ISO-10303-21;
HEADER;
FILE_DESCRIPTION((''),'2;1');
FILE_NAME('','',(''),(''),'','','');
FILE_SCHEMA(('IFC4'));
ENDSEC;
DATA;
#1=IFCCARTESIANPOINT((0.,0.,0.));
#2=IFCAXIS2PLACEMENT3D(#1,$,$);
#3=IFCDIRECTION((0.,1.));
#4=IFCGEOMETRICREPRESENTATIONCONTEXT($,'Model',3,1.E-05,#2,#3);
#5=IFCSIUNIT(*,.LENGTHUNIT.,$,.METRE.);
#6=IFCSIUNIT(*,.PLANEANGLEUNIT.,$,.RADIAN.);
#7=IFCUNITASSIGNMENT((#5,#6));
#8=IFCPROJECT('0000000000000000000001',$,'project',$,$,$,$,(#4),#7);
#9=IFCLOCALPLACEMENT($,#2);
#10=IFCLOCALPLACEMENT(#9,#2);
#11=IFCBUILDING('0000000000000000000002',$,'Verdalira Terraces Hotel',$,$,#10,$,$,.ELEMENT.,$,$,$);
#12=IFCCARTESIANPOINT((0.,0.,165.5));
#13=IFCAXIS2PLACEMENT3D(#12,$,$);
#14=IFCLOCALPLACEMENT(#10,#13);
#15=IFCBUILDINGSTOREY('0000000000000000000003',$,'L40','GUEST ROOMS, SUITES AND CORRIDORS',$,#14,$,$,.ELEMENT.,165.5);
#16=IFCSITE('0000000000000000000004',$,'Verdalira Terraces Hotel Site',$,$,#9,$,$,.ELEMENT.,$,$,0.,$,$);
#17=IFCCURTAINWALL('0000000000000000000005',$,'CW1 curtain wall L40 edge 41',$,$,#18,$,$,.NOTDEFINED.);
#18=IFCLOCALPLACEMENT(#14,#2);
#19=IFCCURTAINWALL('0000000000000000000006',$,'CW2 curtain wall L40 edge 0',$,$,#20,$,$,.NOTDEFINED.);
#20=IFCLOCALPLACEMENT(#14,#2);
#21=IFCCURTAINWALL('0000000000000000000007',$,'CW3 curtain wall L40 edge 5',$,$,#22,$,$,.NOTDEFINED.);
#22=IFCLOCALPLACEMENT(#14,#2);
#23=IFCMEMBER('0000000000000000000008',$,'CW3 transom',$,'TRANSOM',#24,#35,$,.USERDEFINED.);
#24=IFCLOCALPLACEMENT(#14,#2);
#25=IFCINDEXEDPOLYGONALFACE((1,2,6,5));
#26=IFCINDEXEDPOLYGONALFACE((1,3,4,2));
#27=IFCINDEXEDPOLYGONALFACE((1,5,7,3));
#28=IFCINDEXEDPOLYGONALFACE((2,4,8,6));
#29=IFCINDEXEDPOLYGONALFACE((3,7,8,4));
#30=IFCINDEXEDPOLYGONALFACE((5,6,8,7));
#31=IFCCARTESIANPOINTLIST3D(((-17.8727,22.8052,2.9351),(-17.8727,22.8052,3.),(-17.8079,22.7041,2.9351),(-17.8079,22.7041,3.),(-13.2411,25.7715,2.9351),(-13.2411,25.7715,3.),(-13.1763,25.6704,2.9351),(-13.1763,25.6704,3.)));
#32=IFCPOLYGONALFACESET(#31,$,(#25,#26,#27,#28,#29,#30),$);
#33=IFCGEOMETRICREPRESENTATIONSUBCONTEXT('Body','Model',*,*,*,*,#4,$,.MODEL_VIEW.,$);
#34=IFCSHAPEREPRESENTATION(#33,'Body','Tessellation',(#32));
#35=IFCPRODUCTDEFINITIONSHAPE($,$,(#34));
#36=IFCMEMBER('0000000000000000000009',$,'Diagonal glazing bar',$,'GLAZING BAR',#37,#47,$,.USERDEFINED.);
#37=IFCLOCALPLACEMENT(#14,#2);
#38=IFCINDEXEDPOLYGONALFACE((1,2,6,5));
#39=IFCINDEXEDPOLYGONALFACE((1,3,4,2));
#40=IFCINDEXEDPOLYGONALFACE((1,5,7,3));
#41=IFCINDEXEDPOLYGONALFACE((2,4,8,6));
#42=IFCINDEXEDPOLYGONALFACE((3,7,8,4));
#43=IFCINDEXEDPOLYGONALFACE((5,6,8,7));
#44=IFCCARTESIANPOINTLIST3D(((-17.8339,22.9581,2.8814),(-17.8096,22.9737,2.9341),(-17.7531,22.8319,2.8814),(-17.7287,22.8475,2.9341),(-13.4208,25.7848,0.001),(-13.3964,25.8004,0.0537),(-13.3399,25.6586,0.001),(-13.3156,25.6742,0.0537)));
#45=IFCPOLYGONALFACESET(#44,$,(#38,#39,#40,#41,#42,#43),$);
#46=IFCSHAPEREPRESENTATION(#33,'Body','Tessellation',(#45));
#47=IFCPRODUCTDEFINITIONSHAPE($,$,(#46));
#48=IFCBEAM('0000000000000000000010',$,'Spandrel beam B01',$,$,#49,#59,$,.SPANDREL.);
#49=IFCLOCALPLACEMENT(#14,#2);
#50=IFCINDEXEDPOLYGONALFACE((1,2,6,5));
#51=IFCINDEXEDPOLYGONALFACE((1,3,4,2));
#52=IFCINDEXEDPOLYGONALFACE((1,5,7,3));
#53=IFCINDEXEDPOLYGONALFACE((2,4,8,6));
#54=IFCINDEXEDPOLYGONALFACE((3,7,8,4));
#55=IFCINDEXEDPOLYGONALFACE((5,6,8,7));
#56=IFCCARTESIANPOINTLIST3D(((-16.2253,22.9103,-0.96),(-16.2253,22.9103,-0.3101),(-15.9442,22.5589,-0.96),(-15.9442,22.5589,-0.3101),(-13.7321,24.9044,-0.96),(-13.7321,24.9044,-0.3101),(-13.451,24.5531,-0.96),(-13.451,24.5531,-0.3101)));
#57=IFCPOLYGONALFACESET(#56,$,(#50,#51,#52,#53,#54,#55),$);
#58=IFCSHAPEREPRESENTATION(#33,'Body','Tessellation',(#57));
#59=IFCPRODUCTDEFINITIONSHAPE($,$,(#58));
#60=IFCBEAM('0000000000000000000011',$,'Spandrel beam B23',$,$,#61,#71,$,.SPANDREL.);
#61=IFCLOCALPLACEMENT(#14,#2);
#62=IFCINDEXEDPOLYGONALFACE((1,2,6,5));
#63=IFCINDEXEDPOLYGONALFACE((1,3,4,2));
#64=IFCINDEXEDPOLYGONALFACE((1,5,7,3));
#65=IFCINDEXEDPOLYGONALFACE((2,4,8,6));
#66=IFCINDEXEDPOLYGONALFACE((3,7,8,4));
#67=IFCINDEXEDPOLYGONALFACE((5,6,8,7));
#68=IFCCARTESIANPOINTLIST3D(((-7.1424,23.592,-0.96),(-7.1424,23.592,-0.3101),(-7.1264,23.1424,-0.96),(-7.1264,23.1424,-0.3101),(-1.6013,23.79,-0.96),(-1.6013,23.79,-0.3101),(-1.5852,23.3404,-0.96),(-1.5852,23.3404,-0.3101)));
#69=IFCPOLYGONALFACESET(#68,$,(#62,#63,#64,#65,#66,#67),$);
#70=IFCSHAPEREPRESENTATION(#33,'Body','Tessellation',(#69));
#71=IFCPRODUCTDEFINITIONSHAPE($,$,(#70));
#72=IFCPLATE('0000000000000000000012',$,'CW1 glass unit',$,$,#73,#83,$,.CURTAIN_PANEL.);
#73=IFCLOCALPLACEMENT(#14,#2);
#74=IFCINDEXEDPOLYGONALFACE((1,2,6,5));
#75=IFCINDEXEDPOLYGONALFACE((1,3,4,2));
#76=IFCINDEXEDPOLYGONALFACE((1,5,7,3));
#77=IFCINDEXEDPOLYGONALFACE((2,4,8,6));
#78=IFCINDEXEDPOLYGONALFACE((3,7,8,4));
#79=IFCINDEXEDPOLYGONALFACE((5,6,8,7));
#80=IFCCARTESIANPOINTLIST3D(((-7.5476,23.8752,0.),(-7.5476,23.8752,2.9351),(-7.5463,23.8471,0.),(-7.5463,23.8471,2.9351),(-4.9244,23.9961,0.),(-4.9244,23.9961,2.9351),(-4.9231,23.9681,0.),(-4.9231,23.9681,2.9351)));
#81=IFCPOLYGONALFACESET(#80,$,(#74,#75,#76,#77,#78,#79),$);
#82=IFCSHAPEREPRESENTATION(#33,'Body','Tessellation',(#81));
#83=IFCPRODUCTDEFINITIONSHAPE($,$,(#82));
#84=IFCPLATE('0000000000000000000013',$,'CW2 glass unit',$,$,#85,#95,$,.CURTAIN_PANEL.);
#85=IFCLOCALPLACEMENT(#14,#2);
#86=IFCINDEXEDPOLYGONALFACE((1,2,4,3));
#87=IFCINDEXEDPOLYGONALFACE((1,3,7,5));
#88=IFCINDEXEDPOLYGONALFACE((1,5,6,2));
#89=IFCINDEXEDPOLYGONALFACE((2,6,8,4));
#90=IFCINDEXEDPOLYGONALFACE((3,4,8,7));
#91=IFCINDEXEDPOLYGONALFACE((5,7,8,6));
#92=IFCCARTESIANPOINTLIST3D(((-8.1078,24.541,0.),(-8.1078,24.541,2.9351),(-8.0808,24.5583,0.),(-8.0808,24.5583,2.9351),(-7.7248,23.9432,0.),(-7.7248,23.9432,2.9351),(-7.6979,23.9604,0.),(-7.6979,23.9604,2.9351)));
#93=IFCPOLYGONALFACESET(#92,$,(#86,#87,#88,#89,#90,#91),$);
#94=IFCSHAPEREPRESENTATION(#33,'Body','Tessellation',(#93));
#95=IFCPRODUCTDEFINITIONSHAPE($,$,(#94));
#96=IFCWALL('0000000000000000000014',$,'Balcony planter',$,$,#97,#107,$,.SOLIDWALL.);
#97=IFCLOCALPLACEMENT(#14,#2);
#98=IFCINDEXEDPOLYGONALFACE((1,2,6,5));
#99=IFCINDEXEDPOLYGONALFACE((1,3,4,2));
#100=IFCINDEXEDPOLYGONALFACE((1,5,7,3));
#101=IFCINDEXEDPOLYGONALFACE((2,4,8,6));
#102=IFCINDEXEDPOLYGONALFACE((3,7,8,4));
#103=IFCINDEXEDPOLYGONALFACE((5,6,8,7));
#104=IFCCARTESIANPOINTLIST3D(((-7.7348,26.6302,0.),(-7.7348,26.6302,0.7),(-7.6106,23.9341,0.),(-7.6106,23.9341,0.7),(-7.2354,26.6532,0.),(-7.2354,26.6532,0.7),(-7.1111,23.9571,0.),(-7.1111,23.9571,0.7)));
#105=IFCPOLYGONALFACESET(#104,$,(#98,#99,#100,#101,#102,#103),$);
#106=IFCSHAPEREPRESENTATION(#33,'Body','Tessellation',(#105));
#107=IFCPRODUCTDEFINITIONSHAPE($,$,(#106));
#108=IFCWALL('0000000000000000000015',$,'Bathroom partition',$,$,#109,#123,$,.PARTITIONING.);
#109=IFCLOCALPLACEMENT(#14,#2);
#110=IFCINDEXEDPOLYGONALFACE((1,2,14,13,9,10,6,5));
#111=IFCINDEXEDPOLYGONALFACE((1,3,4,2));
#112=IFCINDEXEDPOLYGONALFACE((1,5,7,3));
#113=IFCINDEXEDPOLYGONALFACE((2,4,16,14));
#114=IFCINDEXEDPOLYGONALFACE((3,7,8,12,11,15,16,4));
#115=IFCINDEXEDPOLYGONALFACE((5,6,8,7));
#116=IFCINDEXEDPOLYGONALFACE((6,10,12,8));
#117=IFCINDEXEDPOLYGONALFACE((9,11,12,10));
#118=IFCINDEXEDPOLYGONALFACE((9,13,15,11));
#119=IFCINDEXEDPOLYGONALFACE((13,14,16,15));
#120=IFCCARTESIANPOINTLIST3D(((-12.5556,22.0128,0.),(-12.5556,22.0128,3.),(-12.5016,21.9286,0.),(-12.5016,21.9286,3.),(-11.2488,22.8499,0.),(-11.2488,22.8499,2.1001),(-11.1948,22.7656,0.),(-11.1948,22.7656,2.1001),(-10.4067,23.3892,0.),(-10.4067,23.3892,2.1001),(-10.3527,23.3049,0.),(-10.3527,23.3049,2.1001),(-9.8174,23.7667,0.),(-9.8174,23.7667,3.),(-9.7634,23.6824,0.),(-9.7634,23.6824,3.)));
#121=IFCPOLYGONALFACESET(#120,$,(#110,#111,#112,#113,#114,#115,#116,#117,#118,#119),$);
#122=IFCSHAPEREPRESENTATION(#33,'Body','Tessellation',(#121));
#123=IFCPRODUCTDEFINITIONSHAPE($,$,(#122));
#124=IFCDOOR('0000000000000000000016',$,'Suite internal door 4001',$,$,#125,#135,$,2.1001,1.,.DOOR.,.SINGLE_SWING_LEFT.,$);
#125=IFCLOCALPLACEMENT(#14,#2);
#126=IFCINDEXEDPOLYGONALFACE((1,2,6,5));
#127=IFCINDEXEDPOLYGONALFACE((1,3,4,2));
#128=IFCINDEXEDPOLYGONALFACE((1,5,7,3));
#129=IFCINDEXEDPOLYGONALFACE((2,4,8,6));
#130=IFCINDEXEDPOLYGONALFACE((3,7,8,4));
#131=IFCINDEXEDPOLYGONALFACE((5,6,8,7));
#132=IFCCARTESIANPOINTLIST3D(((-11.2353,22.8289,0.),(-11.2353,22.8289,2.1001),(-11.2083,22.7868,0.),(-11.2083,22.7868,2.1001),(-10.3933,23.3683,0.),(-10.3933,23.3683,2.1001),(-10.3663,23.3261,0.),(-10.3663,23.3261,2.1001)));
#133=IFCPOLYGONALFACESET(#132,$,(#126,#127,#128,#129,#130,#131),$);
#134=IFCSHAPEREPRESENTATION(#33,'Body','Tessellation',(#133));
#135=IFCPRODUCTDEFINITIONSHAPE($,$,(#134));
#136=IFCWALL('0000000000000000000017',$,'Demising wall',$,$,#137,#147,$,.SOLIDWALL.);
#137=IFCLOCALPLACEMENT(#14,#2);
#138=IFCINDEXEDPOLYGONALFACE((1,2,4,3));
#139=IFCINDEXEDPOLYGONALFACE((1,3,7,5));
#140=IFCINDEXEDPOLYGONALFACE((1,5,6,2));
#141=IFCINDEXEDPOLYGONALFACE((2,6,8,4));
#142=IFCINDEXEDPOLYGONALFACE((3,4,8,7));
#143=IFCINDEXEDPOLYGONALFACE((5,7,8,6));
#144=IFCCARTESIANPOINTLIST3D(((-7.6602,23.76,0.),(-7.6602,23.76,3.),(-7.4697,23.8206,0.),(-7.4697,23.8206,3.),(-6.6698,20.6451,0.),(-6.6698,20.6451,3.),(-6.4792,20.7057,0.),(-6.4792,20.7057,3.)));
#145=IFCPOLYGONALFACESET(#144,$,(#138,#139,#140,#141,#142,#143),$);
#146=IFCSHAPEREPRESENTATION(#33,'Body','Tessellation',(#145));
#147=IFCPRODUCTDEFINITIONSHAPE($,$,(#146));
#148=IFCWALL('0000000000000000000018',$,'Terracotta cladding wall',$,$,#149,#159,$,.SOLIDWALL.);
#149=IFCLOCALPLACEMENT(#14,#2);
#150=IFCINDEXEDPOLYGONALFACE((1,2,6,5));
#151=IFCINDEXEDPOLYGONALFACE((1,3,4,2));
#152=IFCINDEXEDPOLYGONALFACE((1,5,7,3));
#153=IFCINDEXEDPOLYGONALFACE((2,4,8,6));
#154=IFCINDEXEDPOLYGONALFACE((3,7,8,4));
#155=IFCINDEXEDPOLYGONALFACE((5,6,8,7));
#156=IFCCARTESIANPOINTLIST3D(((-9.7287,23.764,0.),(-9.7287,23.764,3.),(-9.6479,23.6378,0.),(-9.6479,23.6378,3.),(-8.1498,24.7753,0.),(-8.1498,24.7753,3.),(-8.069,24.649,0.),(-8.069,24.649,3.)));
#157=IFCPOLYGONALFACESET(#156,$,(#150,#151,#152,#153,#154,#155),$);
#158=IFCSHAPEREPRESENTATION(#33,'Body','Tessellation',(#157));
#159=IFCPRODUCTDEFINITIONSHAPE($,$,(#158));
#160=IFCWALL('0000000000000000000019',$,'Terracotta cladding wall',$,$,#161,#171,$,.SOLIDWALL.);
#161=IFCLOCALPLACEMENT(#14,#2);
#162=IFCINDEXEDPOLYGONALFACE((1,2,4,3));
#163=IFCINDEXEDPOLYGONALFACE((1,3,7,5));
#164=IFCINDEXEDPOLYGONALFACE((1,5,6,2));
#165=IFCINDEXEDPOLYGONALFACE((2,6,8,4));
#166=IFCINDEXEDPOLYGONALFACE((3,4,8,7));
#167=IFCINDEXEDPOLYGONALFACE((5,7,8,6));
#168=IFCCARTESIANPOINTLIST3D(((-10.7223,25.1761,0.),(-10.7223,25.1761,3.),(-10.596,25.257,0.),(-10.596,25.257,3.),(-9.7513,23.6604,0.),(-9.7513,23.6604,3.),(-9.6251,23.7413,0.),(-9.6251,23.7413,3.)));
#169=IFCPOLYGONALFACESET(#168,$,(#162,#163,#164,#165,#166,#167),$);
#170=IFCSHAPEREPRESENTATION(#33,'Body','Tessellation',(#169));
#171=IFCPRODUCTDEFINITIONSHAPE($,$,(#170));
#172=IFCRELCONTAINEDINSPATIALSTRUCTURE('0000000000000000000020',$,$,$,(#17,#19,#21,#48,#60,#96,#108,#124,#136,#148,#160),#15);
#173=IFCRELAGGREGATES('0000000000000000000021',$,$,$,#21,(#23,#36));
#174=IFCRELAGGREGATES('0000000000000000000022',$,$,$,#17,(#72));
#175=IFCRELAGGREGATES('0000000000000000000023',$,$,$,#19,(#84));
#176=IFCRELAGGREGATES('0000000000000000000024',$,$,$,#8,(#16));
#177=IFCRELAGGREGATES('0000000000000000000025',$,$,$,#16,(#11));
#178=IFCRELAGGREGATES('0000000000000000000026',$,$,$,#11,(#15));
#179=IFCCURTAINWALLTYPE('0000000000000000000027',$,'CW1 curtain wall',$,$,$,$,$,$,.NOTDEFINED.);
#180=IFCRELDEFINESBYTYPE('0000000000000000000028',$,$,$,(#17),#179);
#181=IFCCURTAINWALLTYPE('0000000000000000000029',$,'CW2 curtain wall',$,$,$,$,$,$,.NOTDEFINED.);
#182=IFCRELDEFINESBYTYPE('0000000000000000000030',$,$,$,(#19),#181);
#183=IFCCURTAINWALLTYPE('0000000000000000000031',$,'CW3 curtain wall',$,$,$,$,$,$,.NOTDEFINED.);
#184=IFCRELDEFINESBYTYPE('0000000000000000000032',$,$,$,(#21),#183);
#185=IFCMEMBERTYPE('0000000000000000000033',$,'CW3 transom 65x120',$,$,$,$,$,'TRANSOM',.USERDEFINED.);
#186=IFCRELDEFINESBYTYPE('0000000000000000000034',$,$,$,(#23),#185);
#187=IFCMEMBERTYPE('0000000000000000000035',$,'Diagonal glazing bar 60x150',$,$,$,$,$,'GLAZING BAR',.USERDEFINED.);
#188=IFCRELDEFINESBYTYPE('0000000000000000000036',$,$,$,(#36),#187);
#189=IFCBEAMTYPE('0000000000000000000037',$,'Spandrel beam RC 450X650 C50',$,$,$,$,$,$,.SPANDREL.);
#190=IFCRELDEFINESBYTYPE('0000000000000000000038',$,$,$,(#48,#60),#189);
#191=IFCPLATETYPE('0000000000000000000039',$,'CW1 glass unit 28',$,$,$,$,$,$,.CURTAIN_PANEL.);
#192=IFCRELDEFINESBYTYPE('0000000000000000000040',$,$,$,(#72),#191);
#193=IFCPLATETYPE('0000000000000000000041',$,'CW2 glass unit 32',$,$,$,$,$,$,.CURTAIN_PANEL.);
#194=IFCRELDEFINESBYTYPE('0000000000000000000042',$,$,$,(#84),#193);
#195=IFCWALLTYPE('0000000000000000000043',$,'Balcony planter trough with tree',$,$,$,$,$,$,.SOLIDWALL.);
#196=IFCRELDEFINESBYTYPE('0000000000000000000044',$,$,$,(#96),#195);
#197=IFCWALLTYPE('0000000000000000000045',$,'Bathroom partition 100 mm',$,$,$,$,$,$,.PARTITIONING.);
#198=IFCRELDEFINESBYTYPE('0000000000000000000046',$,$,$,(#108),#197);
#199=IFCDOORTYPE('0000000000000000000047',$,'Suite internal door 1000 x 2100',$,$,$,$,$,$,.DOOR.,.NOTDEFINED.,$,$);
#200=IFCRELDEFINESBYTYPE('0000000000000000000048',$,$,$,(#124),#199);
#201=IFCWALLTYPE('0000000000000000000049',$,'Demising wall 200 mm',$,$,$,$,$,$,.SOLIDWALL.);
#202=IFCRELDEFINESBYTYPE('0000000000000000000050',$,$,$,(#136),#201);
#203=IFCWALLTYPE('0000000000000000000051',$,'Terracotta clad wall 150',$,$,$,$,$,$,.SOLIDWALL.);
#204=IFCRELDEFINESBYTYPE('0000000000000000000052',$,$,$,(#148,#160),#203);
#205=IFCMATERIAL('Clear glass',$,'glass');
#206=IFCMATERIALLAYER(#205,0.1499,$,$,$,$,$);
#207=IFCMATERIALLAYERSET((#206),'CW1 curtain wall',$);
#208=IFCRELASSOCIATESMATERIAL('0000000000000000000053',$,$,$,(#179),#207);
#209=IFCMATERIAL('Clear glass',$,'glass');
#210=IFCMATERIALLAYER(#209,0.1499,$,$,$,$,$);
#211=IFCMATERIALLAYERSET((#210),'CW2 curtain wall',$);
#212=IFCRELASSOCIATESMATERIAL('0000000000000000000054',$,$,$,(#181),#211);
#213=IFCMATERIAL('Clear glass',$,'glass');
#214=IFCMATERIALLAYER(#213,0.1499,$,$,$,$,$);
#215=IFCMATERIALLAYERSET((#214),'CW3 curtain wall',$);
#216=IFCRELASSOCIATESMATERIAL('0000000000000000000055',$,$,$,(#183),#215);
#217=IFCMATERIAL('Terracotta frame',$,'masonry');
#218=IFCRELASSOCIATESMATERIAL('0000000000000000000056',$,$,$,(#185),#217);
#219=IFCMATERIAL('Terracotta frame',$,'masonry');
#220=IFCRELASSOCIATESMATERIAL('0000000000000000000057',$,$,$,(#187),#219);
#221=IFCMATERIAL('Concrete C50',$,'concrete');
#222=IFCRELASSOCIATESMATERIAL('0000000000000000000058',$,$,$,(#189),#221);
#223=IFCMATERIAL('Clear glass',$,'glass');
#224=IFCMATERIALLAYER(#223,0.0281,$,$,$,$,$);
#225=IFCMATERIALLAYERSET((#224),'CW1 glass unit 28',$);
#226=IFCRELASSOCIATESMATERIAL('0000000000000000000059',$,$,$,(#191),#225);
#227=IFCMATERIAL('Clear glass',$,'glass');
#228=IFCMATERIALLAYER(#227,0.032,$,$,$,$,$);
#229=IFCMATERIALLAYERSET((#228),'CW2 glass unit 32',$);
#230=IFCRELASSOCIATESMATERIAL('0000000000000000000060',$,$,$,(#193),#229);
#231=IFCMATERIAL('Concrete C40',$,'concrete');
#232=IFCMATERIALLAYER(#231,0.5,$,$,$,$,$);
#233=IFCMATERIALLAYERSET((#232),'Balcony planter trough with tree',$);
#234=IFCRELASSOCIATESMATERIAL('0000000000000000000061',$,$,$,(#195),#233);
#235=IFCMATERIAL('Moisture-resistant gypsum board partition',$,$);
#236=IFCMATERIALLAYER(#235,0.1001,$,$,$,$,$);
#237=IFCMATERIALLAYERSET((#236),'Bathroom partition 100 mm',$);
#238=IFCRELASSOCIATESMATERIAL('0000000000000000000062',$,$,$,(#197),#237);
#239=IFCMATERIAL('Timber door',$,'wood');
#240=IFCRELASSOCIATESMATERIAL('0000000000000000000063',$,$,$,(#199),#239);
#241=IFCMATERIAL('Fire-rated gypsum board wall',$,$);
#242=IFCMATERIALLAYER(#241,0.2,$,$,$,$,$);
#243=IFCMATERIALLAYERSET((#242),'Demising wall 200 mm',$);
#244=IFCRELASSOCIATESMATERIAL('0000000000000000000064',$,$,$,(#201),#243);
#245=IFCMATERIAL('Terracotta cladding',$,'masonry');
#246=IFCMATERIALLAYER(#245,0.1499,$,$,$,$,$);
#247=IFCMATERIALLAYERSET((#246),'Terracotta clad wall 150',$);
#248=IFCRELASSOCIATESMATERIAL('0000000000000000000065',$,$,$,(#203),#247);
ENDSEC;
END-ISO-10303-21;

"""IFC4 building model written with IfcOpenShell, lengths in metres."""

from ifc_helpers import new_model, si_unit, direction, frame, frame_2d, origin, origin_2d, place, context, subcontext, project, spatial, rectangle, extrude, material, layer, layer_set, material_profile, profile_set, type_object, element, fill, aggregate, save


model = new_model("IFC4")

# Units and contexts
model_context = context("Model", 3, precision=1e-05, world=origin(), true_north=direction((0.0, 1.0)))
body_context = subcontext(model_context, "Body", "Model", "MODEL_VIEW")
ifc_project = project(units=[si_unit("LENGTHUNIT", "METRE"), si_unit("PLANEANGLEUNIT", "RADIAN")], contexts=[model_context])

# Site, building, storey
site_placement = place(None, origin())
site = spatial("IfcSite", under=ifc_project, at=site_placement, Name="Verdalira Terraces Hotel Site", CompositionType="ELEMENT", RefElevation=0.0)
building_placement = place(site_placement, origin())
building = spatial("IfcBuilding", under=site, at=building_placement, Name="Verdalira Terraces Hotel", CompositionType="ELEMENT")
storey_placement = place(building_placement, frame((0.0, 0.0, 165.5)))
storey = spatial("IfcBuildingStorey", under=building, at=storey_placement, Name="L40", Description="GUEST ROOMS, SUITES AND CORRIDORS", CompositionType="ELEMENT", Elevation=165.5)

# Curtain wall
ifc_material_1 = material(Name="Clear glass", Category="glass")
ifc_layer_1 = layer(ifc_material_1, 0.1499)
ifc_layer_set_1 = layer_set([ifc_layer_1], Name="CW1 curtain wall")
curtain_wall_type_1 = type_object("IfcCurtainWallType", Name="CW1 curtain wall", PredefinedType="NOTDEFINED", material=ifc_layer_set_1)
curtain_wall_1_placement = place(storey_placement, origin())
curtain_wall_1 = element("IfcCurtainWall", 1, at=curtain_wall_1_placement, inside=storey, type_object=curtain_wall_type_1, Name="CW1 curtain wall L40 edge 41", PredefinedType="NOTDEFINED")

# Curtain walls, members
ifc_material_2 = material(Name="Clear glass", Category="glass")
ifc_layer_2 = layer(ifc_material_2, 0.1499)
ifc_layer_set_2 = layer_set([ifc_layer_2], Name="CW2 curtain wall")
curtain_wall_type_2 = type_object("IfcCurtainWallType", Name="CW2 curtain wall", PredefinedType="NOTDEFINED", material=ifc_layer_set_2)
curtain_wall_2_placement = place(storey_placement, origin())
curtain_wall_2 = element("IfcCurtainWall", 2, at=curtain_wall_2_placement, inside=storey, type_object=curtain_wall_type_2, Name="CW2 curtain wall L40 edge 0", PredefinedType="NOTDEFINED")
ifc_material_3 = material(Name="Clear glass", Category="glass")
ifc_layer_3 = layer(ifc_material_3, 0.1499)
ifc_layer_set_3 = layer_set([ifc_layer_3], Name="CW3 curtain wall")
curtain_wall_type_3 = type_object("IfcCurtainWallType", Name="CW3 curtain wall", PredefinedType="NOTDEFINED", material=ifc_layer_set_3)
curtain_wall_3_placement = place(storey_placement, origin())
curtain_wall_3 = element("IfcCurtainWall", 3, at=curtain_wall_3_placement, inside=storey, type_object=curtain_wall_type_3, Name="CW3 curtain wall L40 edge 5", PredefinedType="NOTDEFINED")
ifc_material_4 = material(Name="Terracotta frame", Category="masonry")
ifc_material_profile_1 = material_profile(ifc_material_4, rectangle(XDim=0.1201, YDim=0.0649, at=origin_2d()), Name="TR 65x120")
ifc_profile_set_1 = profile_set([ifc_material_profile_1], Name="Terracotta frame")
member_type_1 = type_object("IfcMemberType", Name="CW3 transom 65x120", ElementType="TRANSOM", PredefinedType="USERDEFINED", material=ifc_profile_set_1)
member_1_placement = place(storey_placement, frame((-13.2087, 25.7209, 2.9675), z_axis=(-0.842099, -0.539323, 0.0), x_axis=(0.539323, -0.842099, 0.0)))
member_1 = element("IfcMember", 4, at=member_1_placement, type_object=member_type_1, Name="CW3 transom", ObjectType="TRANSOM", PredefinedType="USERDEFINED", context=body_context, shape_type="SweptSolid", body=[
    extrude(rectangle(XDim=0.1201, YDim=0.0649, at=origin_2d()), origin(), (0.0, 0.0, 1.0), 5.5),
])
ifc_material_5 = material(Name="Terracotta frame", Category="masonry")
ifc_material_profile_2 = material_profile(ifc_material_5, rectangle(XDim=0.1499, YDim=0.0601, at=origin_2d()), Name="GB 60x150")
ifc_profile_set_2 = profile_set([ifc_material_profile_2], Name="Terracotta frame")
member_type_2 = type_object("IfcMemberType", Name="Diagonal glazing bar 60x150", ElementType="GLAZING BAR", PredefinedType="USERDEFINED", material=ifc_profile_set_2)
member_2_placement = place(storey_placement, frame((-13.3682, 25.7295, 0.0273), z_axis=(-0.737959, -0.472676, 0.481657), x_axis=(0.539363, -0.842073, 0.0)))
member_2 = element("IfcMember", 5, at=member_2_placement, type_object=member_type_2, Name="Diagonal glazing bar", ObjectType="GLAZING BAR", PredefinedType="USERDEFINED", context=body_context, shape_type="SweptSolid", body=[
    extrude(rectangle(XDim=0.1499, YDim=0.0601, at=origin_2d()), origin(), (0.0, 0.0, 1.0), 5.9802),
])
aggregate(curtain_wall_3, [member_1, member_2])

# Beams
ifc_material_6 = material(Name="Concrete C50", Category="concrete")
ifc_material_profile_3 = material_profile(ifc_material_6, rectangle(XDim=0.45, YDim=0.6499, at=origin_2d()), Name="RC 450X650")
ifc_profile_set_3 = profile_set([ifc_material_profile_3], Name="Concrete C50")
beam_type_1 = type_object("IfcBeamType", Name="Spandrel beam RC 450X650 C50", PredefinedType="SPANDREL", material=ifc_profile_set_3)
beam_1_placement = place(storey_placement, frame((-13.5916, 24.7288, -0.635), z_axis=(-0.780928, -0.62462, 0.0), x_axis=(0.62462, -0.780928, 0.0)))
element("IfcBeam", 6, at=beam_1_placement, inside=storey, type_object=beam_type_1, Name="Spandrel beam B01", PredefinedType="SPANDREL", context=body_context, shape_type="SweptSolid", body=[
    extrude(rectangle(XDim=0.45, YDim=0.6499, at=origin_2d()), origin(), (0.0, 0.0, 1.0), 3.1926),
])
beam_2_placement = place(storey_placement, frame((-1.5933, 23.5652, -0.635), z_axis=(-0.999362, -0.035709, 0.0), x_axis=(0.035709, -0.999362, 0.0)))
element("IfcBeam", 7, at=beam_2_placement, inside=storey, type_object=beam_type_1, Name="Spandrel beam B23", PredefinedType="SPANDREL", context=body_context, shape_type="SweptSolid", body=[
    extrude(rectangle(XDim=0.45, YDim=0.6499, at=origin_2d()), origin(), (0.0, 0.0, 1.0), 5.5447),
])

# Plates
ifc_material_7 = material(Name="Clear glass", Category="glass")
ifc_layer_4 = layer(ifc_material_7, 0.0281)
ifc_layer_set_4 = layer_set([ifc_layer_4], Name="CW1 glass unit 28")
plate_type_1 = type_object("IfcPlateType", Name="CW1 glass unit 28", PredefinedType="CURTAIN_PANEL", material=ifc_layer_set_4)
plate_1_placement = place(storey_placement, frame((-6.2354, 23.9216, 0.0), z_axis=(0.0, 0.0, 1.0), x_axis=(-0.998939, -0.04606, 0.0)))
plate_1 = element("IfcPlate", 8, at=plate_1_placement, type_object=plate_type_1, Name="CW1 glass unit", PredefinedType="CURTAIN_PANEL", context=body_context, shape_type="SweptSolid", body=[
    extrude(rectangle(XDim=2.626, YDim=0.0281, at=origin_2d()), origin(), (0.0, 0.0, 1.0), 2.9351),
])
aggregate(curtain_wall_1, [plate_1])
ifc_material_8 = material(Name="Clear glass", Category="glass")
ifc_layer_5 = layer(ifc_material_8, 0.032)
ifc_layer_set_5 = layer_set([ifc_layer_5], Name="CW2 glass unit 32")
plate_type_2 = type_object("IfcPlateType", Name="CW2 glass unit 32", PredefinedType="CURTAIN_PANEL", material=ifc_layer_set_5)
plate_2_placement = place(storey_placement, frame((-7.9028, 24.2507, 0.0), z_axis=(0.0, 0.0, 1.0), x_axis=(-0.539359, 0.842076, 0.0)))
plate_2 = element("IfcPlate", 9, at=plate_2_placement, type_object=plate_type_2, Name="CW2 glass unit", PredefinedType="CURTAIN_PANEL", context=body_context, shape_type="SweptSolid", body=[
    extrude(rectangle(XDim=0.71, YDim=0.032, at=origin_2d()), origin(), (0.0, 0.0, 1.0), 2.9351),
])
aggregate(curtain_wall_2, [plate_2])

# Wall
ifc_material_9 = material(Name="Concrete C40", Category="concrete")
ifc_layer_6 = layer(ifc_material_9, 0.5)
ifc_layer_set_6 = layer_set([ifc_layer_6], Name="Balcony planter trough with tree")
wall_type_1 = type_object("IfcWallType", Name="Balcony planter trough with tree", PredefinedType="SOLIDWALL", material=ifc_layer_set_6)
wall_1_placement = place(storey_placement, frame((-7.4851, 26.6418, 0.0), z_axis=(0.0, 0.0, 1.0), x_axis=(0.046044, -0.998939, 0.0)))
element("IfcWall", 10, at=wall_1_placement, inside=storey, type_object=wall_type_1, Name="Balcony planter", PredefinedType="SOLIDWALL", context=body_context, shape_type="SweptSolid", body=[
    extrude(rectangle(XDim=2.699, YDim=0.5, at=frame_2d((1.3496, 0.0))), origin(), (0.0, 0.0, 1.0), 0.7),
])

# Wall, opening, door
ifc_material_10 = material(Name="Moisture-resistant gypsum board partition")
ifc_layer_7 = layer(ifc_material_10, 0.1001)
ifc_layer_set_7 = layer_set([ifc_layer_7], Name="Bathroom partition 100 mm")
wall_type_2 = type_object("IfcWallType", Name="Bathroom partition 100 mm", PredefinedType="PARTITIONING", material=ifc_layer_set_7)
wall_2_placement = place(storey_placement, frame((-9.7903, 23.7246, 0.0), z_axis=(0.0, 0.0, 1.0), x_axis=(-0.842075, -0.53936, 0.0)))
wall_2 = element("IfcWall", 11, at=wall_2_placement, inside=storey, type_object=wall_type_2, Name="Bathroom partition", PredefinedType="PARTITIONING", context=body_context, shape_type="SweptSolid", body=[
    extrude(rectangle(XDim=3.2517, YDim=0.1001, at=frame_2d((1.626, 0.0))), origin(), (0.0, 0.0, 1.0), 3.0),
])
opening_1_placement = place(wall_2_placement, frame((0.7, 0.0, 0.0)))
opening_1 = element("IfcOpeningElement", 12, at=opening_1_placement, cuts=wall_2, PredefinedType="OPENING", context=body_context, shape_type="SweptSolid", body=[
    extrude(rectangle(XDim=1.0, YDim=2.1001, at=frame_2d((0.5, 1.05))), frame((0.0, 0.0601, 0.0), z_axis=(0.0, -1.0, 0.0), x_axis=(1.0, 0.0, 0.0)), (0.0, 0.0, 1.0), 0.1201),
])
ifc_material_11 = material(Name="Timber door", Category="wood")
door_type_1 = type_object("IfcDoorType", Name="Suite internal door 1000 x 2100", OperationType="NOTDEFINED", PredefinedType="DOOR", material=ifc_material_11)
door_1_placement = place(opening_1_placement, origin())
door_1 = element("IfcDoor", 13, at=door_1_placement, inside=storey, type_object=door_type_1, Name="Suite internal door 4001", OperationType="SINGLE_SWING_LEFT", OverallHeight=2.1001, OverallWidth=1.0, PredefinedType="DOOR", context=body_context, shape_type="SweptSolid", body=[
    extrude(rectangle(XDim=1.0, YDim=2.1001, at=frame_2d((0.5, 1.05))), frame((0.0, 0.0249, 0.0), z_axis=(0.0, -1.0, 0.0), x_axis=(1.0, 0.0, 0.0)), (0.0, 0.0, 1.0), 0.05),
])
fill(opening_1, door_1)

# Walls
ifc_material_12 = material(Name="Fire-rated gypsum board wall")
ifc_layer_8 = layer(ifc_material_12, 0.2)
ifc_layer_set_8 = layer_set([ifc_layer_8], Name="Demising wall 200 mm")
wall_type_3 = type_object("IfcWallType", Name="Demising wall 200 mm", PredefinedType="SOLIDWALL", material=ifc_layer_set_8)
wall_3_placement = place(storey_placement, frame((-7.5649, 23.7903, 0.0), z_axis=(0.0, 0.0, 1.0), x_axis=(0.303022, -0.952984, 0.0)))
element("IfcWall", 14, at=wall_3_placement, inside=storey, type_object=wall_type_3, Name="Demising wall", PredefinedType="SOLIDWALL", context=body_context, shape_type="SweptSolid", body=[
    extrude(rectangle(XDim=3.2686, YDim=0.2, at=frame_2d((1.6343, 0.0))), origin(), (0.0, 0.0, 1.0), 3.0),
])
ifc_material_13 = material(Name="Terracotta cladding", Category="masonry")
ifc_layer_9 = layer(ifc_material_13, 0.1499)
ifc_layer_set_9 = layer_set([ifc_layer_9], Name="Terracotta clad wall 150")
wall_type_4 = type_object("IfcWallType", Name="Terracotta clad wall 150", PredefinedType="SOLIDWALL", material=ifc_layer_set_9)
wall_4_placement = place(storey_placement, frame((-8.1094, 24.7122, 0.0), z_axis=(0.0, 0.0, 1.0), x_axis=(-0.842087, -0.539342, 0.0)))
element("IfcWall", 15, at=wall_4_placement, inside=storey, type_object=wall_type_4, Name="Terracotta cladding wall", PredefinedType="SOLIDWALL", context=body_context, shape_type="SweptSolid", body=[
    extrude(rectangle(XDim=1.875, YDim=0.1499, at=frame_2d((0.9375, 0.0))), origin(), (0.0, 0.0, 1.0), 3.0),
])
wall_5_placement = place(storey_placement, frame((-9.6882, 23.7009, 0.0), z_axis=(0.0, 0.0, 1.0), x_axis=(-0.539427, 0.842032, 0.0)))
element("IfcWall", 16, at=wall_5_placement, inside=storey, type_object=wall_type_4, Name="Terracotta cladding wall", PredefinedType="SOLIDWALL", context=body_context, shape_type="SweptSolid", body=[
    extrude(rectangle(XDim=1.8, YDim=0.1499, at=frame_2d((0.8999, 0.0))), origin(), (0.0, 0.0, 1.0), 3.0),
])

save(model, "model.ifc")
